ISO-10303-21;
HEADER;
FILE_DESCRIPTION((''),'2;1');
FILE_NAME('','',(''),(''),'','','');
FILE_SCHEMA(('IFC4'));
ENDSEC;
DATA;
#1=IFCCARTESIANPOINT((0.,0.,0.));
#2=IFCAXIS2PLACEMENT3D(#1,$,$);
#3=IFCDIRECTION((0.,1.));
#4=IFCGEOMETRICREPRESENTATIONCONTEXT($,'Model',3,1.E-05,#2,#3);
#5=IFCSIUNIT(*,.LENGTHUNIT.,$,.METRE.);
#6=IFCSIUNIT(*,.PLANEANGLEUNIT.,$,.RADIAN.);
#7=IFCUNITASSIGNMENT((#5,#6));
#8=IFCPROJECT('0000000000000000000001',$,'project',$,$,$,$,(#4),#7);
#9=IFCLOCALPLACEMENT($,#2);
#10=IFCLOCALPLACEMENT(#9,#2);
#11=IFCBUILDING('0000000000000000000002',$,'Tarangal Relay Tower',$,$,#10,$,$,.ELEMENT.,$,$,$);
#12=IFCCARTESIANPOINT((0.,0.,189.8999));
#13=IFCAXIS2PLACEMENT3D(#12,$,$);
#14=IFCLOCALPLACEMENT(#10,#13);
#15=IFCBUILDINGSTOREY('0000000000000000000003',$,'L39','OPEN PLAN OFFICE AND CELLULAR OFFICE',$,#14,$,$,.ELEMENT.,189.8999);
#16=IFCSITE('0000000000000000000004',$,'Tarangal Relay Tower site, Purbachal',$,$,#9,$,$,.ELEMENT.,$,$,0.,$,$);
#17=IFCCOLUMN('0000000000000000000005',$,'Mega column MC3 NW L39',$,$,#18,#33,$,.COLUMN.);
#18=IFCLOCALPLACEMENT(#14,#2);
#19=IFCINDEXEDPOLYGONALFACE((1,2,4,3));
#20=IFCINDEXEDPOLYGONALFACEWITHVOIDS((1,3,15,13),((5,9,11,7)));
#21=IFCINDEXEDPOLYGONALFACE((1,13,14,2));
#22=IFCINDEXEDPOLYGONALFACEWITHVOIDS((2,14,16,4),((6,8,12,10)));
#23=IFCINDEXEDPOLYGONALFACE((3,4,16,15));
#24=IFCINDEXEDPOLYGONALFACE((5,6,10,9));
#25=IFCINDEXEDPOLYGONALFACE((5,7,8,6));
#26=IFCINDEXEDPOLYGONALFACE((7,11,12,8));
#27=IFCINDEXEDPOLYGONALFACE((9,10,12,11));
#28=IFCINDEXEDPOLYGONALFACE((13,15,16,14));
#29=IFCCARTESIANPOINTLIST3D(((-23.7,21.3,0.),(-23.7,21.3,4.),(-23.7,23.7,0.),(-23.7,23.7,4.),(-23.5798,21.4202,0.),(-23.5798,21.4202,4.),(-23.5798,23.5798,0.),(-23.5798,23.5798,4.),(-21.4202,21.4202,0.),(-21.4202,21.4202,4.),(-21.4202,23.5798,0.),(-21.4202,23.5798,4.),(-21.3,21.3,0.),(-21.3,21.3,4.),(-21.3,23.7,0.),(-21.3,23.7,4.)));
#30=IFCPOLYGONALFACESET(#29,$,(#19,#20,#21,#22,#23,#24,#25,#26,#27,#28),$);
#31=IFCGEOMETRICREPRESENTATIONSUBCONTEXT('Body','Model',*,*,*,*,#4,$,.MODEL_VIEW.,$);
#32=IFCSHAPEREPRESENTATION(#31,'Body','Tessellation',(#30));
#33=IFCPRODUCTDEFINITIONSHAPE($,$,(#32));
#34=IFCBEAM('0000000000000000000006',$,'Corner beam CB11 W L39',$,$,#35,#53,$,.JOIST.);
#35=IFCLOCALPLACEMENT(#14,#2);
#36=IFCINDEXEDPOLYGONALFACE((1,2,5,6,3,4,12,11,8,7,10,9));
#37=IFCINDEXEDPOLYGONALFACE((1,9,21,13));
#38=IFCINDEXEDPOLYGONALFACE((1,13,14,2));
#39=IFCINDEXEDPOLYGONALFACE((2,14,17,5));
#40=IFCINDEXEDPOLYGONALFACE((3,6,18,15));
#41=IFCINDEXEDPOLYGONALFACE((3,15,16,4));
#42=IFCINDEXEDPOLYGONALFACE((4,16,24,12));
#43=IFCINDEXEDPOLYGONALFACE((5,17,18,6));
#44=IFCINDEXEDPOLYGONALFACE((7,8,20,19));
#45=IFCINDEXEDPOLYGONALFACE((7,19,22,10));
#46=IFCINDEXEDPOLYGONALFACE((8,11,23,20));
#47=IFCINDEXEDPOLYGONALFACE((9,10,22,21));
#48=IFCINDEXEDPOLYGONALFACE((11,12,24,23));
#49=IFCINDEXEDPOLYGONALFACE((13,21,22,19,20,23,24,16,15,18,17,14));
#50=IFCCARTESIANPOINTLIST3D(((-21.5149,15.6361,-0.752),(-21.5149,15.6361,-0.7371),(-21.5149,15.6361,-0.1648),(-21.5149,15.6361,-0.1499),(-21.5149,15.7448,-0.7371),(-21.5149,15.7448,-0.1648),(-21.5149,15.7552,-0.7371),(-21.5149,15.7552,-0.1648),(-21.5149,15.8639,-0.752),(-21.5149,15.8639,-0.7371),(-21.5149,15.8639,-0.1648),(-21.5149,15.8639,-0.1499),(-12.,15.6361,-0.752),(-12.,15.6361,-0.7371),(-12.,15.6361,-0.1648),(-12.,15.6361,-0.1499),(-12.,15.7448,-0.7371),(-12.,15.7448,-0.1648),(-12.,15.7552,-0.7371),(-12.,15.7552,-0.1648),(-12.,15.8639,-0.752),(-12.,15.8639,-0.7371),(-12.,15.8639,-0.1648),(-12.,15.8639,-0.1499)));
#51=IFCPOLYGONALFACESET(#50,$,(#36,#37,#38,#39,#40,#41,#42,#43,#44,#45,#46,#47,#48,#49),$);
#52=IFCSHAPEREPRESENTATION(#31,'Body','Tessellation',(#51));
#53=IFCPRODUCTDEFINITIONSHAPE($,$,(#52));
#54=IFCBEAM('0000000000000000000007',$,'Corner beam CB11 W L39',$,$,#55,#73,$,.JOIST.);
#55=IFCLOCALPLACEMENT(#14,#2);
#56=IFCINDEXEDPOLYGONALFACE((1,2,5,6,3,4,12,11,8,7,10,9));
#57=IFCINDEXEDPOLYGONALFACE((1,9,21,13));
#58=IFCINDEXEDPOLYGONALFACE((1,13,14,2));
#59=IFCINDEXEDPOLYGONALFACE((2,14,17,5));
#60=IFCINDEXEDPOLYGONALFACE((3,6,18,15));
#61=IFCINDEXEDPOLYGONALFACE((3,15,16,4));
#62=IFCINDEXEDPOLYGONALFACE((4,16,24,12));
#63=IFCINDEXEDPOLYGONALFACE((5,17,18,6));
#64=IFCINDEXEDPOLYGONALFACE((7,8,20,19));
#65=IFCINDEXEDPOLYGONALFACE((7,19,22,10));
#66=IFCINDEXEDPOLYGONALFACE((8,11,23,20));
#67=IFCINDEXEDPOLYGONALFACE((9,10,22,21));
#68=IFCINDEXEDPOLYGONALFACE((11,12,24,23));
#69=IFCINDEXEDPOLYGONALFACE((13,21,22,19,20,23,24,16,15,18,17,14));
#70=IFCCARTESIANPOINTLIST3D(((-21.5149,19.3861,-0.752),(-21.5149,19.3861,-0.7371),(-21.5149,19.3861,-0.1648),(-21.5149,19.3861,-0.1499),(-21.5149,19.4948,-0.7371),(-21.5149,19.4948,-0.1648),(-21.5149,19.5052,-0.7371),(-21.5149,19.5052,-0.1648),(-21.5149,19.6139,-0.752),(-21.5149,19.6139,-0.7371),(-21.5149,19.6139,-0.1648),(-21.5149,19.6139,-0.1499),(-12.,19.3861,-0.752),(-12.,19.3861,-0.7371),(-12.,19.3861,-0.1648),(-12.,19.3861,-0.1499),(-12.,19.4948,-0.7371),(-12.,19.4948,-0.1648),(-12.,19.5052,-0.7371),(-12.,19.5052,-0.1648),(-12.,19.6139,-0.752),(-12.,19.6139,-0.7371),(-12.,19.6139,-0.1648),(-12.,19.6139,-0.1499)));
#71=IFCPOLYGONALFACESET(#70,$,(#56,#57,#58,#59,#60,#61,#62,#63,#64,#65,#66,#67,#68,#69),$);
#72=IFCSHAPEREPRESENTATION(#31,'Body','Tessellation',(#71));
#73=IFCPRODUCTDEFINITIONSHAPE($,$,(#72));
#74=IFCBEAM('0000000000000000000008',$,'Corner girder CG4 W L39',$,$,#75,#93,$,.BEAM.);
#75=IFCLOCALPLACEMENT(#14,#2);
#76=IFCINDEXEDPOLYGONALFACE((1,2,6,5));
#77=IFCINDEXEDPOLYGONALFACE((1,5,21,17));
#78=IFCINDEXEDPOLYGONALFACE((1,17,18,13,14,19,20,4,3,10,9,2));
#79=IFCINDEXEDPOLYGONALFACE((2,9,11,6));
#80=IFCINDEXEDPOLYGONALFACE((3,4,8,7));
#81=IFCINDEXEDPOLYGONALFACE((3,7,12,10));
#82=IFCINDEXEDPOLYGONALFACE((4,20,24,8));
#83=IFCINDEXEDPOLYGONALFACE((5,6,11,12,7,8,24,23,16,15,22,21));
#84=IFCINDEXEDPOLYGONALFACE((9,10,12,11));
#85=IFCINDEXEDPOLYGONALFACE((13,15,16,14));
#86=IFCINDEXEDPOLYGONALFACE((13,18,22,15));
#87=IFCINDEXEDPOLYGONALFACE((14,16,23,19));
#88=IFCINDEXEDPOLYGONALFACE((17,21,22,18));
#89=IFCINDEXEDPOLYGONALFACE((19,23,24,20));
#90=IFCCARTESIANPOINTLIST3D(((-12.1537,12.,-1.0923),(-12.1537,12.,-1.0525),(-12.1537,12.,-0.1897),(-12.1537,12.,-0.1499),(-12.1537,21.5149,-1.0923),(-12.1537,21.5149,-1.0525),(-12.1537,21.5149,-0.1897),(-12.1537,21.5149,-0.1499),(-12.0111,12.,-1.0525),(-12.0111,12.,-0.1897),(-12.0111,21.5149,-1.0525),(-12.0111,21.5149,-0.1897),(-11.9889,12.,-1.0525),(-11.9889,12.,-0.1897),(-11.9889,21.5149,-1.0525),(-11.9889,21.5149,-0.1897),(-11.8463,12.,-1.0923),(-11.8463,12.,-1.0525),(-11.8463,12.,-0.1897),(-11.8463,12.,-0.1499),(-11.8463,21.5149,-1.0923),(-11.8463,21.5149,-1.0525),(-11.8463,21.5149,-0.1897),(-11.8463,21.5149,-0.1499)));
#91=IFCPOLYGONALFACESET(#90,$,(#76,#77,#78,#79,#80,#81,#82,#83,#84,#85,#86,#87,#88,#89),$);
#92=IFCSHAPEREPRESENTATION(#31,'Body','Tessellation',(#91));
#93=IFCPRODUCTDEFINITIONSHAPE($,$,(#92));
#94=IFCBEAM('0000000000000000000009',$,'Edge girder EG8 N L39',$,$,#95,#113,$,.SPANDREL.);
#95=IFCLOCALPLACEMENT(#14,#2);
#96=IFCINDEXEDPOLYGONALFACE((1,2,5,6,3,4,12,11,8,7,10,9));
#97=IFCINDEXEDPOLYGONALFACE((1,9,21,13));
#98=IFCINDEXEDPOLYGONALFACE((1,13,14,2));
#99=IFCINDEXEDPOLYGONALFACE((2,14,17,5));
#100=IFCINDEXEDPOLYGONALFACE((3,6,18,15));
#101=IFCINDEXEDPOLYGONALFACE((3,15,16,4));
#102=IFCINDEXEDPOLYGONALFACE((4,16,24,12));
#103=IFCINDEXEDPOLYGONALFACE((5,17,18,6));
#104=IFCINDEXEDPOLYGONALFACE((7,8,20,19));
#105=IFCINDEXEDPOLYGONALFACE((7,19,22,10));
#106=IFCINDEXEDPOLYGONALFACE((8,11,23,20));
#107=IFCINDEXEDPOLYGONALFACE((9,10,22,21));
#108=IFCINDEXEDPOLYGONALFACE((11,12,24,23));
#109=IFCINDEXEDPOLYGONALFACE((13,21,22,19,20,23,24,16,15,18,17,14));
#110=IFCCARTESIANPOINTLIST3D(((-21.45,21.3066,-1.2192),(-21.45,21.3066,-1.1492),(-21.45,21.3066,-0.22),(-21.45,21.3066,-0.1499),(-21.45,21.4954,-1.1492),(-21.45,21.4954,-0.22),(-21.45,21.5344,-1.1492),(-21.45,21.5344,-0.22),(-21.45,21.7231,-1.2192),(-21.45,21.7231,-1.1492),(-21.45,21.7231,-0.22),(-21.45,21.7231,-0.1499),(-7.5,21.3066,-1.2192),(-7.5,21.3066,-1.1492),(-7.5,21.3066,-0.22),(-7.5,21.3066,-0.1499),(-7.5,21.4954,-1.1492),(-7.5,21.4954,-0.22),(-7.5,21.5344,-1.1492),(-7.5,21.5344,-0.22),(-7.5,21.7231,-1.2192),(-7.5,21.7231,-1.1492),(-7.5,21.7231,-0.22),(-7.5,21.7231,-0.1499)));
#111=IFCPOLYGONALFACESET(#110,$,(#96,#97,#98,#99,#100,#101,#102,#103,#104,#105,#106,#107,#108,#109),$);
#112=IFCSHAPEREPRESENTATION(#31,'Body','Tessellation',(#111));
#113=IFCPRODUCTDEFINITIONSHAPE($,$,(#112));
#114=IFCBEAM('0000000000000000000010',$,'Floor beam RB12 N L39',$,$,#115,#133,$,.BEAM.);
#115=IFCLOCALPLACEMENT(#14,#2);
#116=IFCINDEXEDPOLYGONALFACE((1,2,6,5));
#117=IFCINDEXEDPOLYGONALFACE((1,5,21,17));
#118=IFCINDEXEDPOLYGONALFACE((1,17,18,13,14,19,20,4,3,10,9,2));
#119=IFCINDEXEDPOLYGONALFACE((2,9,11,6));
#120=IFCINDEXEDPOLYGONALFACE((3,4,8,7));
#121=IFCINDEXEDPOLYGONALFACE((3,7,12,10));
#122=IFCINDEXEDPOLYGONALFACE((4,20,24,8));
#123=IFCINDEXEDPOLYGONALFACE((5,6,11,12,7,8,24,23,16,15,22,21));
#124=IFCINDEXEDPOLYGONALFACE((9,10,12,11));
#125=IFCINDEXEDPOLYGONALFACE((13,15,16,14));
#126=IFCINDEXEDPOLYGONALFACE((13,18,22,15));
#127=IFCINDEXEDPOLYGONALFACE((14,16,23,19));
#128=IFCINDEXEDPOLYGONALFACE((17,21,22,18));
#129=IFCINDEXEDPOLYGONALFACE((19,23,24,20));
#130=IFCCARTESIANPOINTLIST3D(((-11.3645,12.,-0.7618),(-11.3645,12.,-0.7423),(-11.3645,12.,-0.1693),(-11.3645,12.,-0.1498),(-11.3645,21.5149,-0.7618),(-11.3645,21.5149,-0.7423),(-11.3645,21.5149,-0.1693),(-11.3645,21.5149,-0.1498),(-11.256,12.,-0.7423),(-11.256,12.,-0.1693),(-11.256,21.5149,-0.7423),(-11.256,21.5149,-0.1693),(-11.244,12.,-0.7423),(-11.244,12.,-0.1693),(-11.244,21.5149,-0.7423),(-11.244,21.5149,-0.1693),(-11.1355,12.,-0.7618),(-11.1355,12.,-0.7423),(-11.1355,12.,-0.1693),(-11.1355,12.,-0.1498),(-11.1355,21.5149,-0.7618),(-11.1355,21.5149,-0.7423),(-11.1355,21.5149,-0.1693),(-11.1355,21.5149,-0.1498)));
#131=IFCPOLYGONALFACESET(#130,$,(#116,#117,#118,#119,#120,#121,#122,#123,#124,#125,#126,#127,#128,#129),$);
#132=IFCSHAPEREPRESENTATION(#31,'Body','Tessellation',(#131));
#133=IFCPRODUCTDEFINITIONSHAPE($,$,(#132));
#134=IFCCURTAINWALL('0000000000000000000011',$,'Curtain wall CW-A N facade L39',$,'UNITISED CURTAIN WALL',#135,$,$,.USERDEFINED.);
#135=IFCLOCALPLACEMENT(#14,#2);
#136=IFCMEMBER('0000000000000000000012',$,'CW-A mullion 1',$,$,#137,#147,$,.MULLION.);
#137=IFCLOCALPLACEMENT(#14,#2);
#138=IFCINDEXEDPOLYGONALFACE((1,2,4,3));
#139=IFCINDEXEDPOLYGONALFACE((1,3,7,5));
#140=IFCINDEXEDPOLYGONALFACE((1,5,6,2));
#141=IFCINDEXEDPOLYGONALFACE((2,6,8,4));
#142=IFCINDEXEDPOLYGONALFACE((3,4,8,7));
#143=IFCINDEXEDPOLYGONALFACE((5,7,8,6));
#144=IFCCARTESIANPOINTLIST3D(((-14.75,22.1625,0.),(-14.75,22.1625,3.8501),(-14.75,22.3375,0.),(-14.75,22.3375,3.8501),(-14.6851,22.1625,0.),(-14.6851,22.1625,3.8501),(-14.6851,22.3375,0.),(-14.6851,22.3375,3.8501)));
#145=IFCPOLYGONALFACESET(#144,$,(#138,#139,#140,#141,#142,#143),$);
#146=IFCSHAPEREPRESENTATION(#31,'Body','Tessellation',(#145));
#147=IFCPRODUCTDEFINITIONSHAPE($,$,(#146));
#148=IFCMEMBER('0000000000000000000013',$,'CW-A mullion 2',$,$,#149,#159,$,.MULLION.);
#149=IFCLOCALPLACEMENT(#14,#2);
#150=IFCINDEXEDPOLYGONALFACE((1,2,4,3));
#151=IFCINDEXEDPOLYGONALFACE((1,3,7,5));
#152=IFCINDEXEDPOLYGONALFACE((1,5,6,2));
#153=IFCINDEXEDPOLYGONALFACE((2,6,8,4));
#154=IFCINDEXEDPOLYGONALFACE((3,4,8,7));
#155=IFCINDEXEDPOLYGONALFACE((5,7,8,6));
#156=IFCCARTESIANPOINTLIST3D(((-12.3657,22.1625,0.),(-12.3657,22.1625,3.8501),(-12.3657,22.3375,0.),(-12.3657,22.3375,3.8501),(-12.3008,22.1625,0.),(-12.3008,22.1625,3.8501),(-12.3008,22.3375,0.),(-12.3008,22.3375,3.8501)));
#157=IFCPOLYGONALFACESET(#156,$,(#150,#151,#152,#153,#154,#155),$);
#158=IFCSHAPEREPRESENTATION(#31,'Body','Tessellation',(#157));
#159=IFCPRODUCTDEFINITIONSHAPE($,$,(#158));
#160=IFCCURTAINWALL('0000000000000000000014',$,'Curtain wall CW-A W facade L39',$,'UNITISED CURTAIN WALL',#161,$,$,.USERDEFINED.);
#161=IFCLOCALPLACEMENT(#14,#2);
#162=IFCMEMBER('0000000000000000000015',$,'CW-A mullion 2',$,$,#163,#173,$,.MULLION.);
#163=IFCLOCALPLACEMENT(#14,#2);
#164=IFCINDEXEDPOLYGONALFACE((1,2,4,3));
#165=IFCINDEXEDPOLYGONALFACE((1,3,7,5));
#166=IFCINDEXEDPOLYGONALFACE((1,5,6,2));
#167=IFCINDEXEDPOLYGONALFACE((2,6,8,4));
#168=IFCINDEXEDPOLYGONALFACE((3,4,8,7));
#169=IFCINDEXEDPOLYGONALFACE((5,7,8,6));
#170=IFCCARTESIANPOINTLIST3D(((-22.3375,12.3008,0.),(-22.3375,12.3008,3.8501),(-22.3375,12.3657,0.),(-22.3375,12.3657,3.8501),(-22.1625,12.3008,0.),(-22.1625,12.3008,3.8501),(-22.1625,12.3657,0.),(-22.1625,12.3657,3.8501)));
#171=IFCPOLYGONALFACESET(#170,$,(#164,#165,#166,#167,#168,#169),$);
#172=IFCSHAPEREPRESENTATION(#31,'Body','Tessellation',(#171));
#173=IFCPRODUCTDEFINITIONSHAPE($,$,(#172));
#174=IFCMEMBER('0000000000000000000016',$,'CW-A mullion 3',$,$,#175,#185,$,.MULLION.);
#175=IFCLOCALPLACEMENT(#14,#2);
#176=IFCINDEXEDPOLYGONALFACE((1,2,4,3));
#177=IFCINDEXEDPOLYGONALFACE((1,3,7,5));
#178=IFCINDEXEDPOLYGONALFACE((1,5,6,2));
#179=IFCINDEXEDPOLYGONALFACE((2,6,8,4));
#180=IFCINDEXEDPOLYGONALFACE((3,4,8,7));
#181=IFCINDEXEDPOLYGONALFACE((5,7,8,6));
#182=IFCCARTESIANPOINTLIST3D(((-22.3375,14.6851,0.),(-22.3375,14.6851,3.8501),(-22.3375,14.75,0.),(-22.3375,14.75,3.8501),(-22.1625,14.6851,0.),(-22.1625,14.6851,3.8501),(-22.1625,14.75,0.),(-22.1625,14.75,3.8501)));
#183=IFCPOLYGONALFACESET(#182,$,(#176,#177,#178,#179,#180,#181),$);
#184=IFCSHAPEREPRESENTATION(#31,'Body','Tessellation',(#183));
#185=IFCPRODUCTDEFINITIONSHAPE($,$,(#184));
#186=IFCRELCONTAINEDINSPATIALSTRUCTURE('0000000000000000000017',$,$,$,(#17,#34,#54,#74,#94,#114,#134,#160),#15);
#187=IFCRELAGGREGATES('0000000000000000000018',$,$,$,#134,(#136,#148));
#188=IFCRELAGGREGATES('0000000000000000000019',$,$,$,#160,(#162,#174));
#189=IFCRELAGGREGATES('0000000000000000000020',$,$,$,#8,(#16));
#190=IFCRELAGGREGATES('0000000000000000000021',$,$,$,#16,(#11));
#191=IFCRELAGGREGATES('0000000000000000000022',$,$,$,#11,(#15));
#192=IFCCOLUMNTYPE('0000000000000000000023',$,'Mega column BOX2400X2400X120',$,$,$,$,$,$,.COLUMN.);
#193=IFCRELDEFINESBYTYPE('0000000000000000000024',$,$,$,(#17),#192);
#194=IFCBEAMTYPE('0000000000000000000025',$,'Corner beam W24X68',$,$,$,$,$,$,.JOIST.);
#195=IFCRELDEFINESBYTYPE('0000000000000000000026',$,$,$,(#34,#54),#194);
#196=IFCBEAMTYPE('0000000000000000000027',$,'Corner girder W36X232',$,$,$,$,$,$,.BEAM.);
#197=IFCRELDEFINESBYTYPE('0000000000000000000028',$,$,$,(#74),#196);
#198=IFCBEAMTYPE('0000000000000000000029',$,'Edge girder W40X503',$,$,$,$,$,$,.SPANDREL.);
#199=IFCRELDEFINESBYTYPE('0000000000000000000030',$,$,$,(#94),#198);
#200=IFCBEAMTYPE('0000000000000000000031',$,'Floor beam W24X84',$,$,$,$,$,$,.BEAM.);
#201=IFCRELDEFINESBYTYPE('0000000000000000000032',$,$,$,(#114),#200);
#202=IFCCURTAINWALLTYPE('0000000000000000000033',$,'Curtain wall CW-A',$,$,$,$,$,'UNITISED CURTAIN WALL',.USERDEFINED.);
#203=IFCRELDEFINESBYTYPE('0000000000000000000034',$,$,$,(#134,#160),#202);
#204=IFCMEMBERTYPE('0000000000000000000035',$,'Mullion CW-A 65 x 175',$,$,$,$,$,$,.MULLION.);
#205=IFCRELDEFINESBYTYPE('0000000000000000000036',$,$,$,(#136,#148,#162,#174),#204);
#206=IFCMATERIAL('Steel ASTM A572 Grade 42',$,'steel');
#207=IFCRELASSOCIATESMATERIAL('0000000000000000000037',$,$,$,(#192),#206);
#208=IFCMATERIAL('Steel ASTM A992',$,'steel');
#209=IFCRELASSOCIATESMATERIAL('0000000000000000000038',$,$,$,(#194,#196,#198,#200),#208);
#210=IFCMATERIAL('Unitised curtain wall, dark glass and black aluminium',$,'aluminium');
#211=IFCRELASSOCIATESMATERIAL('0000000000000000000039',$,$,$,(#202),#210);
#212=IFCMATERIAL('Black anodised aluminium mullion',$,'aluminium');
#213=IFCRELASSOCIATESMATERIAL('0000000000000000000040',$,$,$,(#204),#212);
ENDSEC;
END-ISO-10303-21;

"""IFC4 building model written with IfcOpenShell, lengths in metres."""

from ifc_helpers import new_model, si_unit, direction, frame, origin, origin_2d, place, context, subcontext, project, spatial, rectangle, hollow_rectangle, i_section, extrude, material, material_profile, profile_set, type_object, element, aggregate, save


model = new_model("IFC4")

# Units and contexts
model_context = context("Model", 3, precision=1e-05, world=origin(), true_north=direction((0.0, 1.0)))
body_context = subcontext(model_context, "Body", "Model", "MODEL_VIEW")
ifc_project = project(units=[si_unit("LENGTHUNIT", "METRE"), si_unit("PLANEANGLEUNIT", "RADIAN")], contexts=[model_context])

# Site, building, storey
site_placement = place(None, origin())
site = spatial("IfcSite", under=ifc_project, at=site_placement, Name="Tarangal Relay Tower site, Purbachal", CompositionType="ELEMENT", RefElevation=0.0)
building_placement = place(site_placement, origin())
building = spatial("IfcBuilding", under=site, at=building_placement, Name="Tarangal Relay Tower", CompositionType="ELEMENT")
storey_placement = place(building_placement, frame((0.0, 0.0, 189.8999)))
storey = spatial("IfcBuildingStorey", under=building, at=storey_placement, Name="L39", Description="OPEN PLAN OFFICE AND CELLULAR OFFICE", CompositionType="ELEMENT", Elevation=189.8999)

# Column
ifc_material_1 = material(Name="Steel ASTM A572 Grade 42", Category="steel")
ifc_material_profile_1 = material_profile(ifc_material_1, hollow_rectangle(XDim=2.3999, YDim=2.3999, WallThickness=0.1201, at=origin_2d()), Name="BOX2400X2400X120")
ifc_profile_set_1 = profile_set([ifc_material_profile_1], Name="Steel ASTM A572 Grade 42")
column_type = type_object("IfcColumnType", Name="Mega column BOX2400X2400X120", PredefinedType="COLUMN", material=ifc_profile_set_1)
column_placement = place(storey_placement, frame((-22.5, 22.5, 0.0), z_axis=(0.0, 0.0, 1.0), x_axis=(1.0, 0.0, 0.0)))
element("IfcColumn", 1, at=column_placement, inside=storey, type_object=column_type, Name="Mega column MC3 NW L39", PredefinedType="COLUMN", context=body_context, shape_type="SweptSolid", body=[
    extrude(hollow_rectangle(XDim=2.3999, YDim=2.3999, WallThickness=0.1201, at=origin_2d()), origin(), (0.0, 0.0, 1.0), 4.0),
])

# Beams
ifc_material_2 = material(Name="Steel ASTM A992", Category="steel")
ifc_material_profile_2 = material_profile(ifc_material_2, i_section(OverallWidth=0.2278, OverallDepth=0.6021, WebThickness=0.0105, FlangeThickness=0.0149, at=origin_2d()), Name="W24X68")
ifc_profile_set_2 = profile_set([ifc_material_profile_2], Name="Steel ASTM A992")
beam_type_1 = type_object("IfcBeamType", Name="Corner beam W24X68", PredefinedType="JOIST", material=ifc_profile_set_2)
for number, where, z_axis, x_axis, name in (
    (2, (-12.0, 15.75, -0.4509), (-1.0, 0.0, 0.0), (0.0, -1.0, 0.0), "Corner beam CB11 W L39"),
    (3, (-12.0, 19.5, -0.4509), (-1.0, 0.0, 0.0), (0.0, -1.0, 0.0), "Corner beam CB11 W L39"),
):
    element("IfcBeam", number, at=place(storey_placement, frame(where, z_axis=z_axis, x_axis=x_axis)), inside=storey, type_object=beam_type_1, Name=name, PredefinedType="JOIST", context=body_context, shape_type="SweptSolid", body=[
        extrude(i_section(OverallWidth=0.2278, OverallDepth=0.6021, WebThickness=0.0105, FlangeThickness=0.0149, at=origin_2d()), origin(), (0.0, 0.0, 1.0), 9.5149),
    ])
ifc_material_profile_3 = material_profile(ifc_material_2, i_section(OverallWidth=0.3074, OverallDepth=0.9424, WebThickness=0.0222, FlangeThickness=0.0398, at=origin_2d()), Name="W36X232")
ifc_profile_set_3 = profile_set([ifc_material_profile_3], Name="Steel ASTM A992")
beam_type_2 = type_object("IfcBeamType", Name="Corner girder W36X232", PredefinedType="BEAM", material=ifc_profile_set_3)
beam_1_placement = place(storey_placement, frame((-12.0, 12.0, -0.6211), z_axis=(0.0, 1.0, 0.0), x_axis=(-1.0, 0.0, 0.0)))
element("IfcBeam", 4, at=beam_1_placement, inside=storey, type_object=beam_type_2, Name="Corner girder CG4 W L39", PredefinedType="BEAM", context=body_context, shape_type="SweptSolid", body=[
    extrude(i_section(OverallWidth=0.3074, OverallDepth=0.9424, WebThickness=0.0222, FlangeThickness=0.0398, at=origin_2d()), origin(), (0.0, 0.0, 1.0), 9.5149),
])
ifc_material_profile_4 = material_profile(ifc_material_2, i_section(OverallWidth=0.4165, OverallDepth=1.0693, WebThickness=0.0391, FlangeThickness=0.0701, at=origin_2d()), Name="W40X503")
ifc_profile_set_4 = profile_set([ifc_material_profile_4], Name="Steel ASTM A992")
beam_type_3 = type_object("IfcBeamType", Name="Edge girder W40X503", PredefinedType="SPANDREL", material=ifc_profile_set_4)
beam_2_placement = place(storey_placement, frame((-21.45, 21.5149, -0.6846), z_axis=(1.0, 0.0, 0.0), x_axis=(0.0, 1.0, 0.0)))
element("IfcBeam", 5, at=beam_2_placement, inside=storey, type_object=beam_type_3, Name="Edge girder EG8 N L39", PredefinedType="SPANDREL", context=body_context, shape_type="SweptSolid", body=[
    extrude(i_section(OverallWidth=0.4165, OverallDepth=1.0693, WebThickness=0.0391, FlangeThickness=0.0701, at=origin_2d()), origin(), (0.0, 0.0, 1.0), 13.95),
])
ifc_material_profile_5 = material_profile(ifc_material_2, i_section(OverallWidth=0.229, OverallDepth=0.6121, WebThickness=0.012, FlangeThickness=0.0195, at=origin_2d()), Name="W24X84")
ifc_profile_set_5 = profile_set([ifc_material_profile_5], Name="Steel ASTM A992")
beam_type_4 = type_object("IfcBeamType", Name="Floor beam W24X84", PredefinedType="BEAM", material=ifc_profile_set_5)
beam_3_placement = place(storey_placement, frame((-11.25, 12.0, -0.4558), z_axis=(0.0, 1.0, 0.0), x_axis=(-1.0, 0.0, 0.0)))
element("IfcBeam", 6, at=beam_3_placement, inside=storey, type_object=beam_type_4, Name="Floor beam RB12 N L39", PredefinedType="BEAM", context=body_context, shape_type="SweptSolid", body=[
    extrude(i_section(OverallWidth=0.229, OverallDepth=0.6121, WebThickness=0.012, FlangeThickness=0.0195, at=origin_2d()), origin(), (0.0, 0.0, 1.0), 9.5149),
])

# Curtain walls, members
ifc_material_3 = material(Name="Unitised curtain wall, dark glass and black aluminium", Category="aluminium")
curtain_wall_type = type_object("IfcCurtainWallType", Name="Curtain wall CW-A", ElementType="UNITISED CURTAIN WALL", PredefinedType="USERDEFINED", material=ifc_material_3)
curtain_wall_1_placement = place(storey_placement, origin())
curtain_wall_1 = element("IfcCurtainWall", 7, at=curtain_wall_1_placement, inside=storey, type_object=curtain_wall_type, Name="Curtain wall CW-A N facade L39", ObjectType="UNITISED CURTAIN WALL", PredefinedType="USERDEFINED")
ifc_material_4 = material(Name="Black anodised aluminium mullion", Category="aluminium")
ifc_material_profile_6 = material_profile(ifc_material_4, rectangle(XDim=0.175, YDim=0.0649, at=origin_2d()), Name="CW-AM 65X175")
ifc_profile_set_6 = profile_set([ifc_material_profile_6], Name="Black anodised aluminium mullion")
member_type_1 = type_object("IfcMemberType", Name="Mullion CW-A 65 x 175", PredefinedType="MULLION", material=ifc_profile_set_6)
member_1_placement = place(storey_placement, frame((-14.7175, 22.25, 0.0), z_axis=(0.0, 0.0, 1.0), x_axis=(0.0, 1.0, 0.0)))
member_1 = element("IfcMember", 8, at=member_1_placement, type_object=member_type_1, Name="CW-A mullion 1", PredefinedType="MULLION", context=body_context, shape_type="SweptSolid", body=[
    extrude(rectangle(XDim=0.175, YDim=0.0649, at=origin_2d()), origin(), (0.0, 0.0, 1.0), 3.8501),
])
member_2_placement = place(storey_placement, frame((-12.3333, 22.25, 0.0), z_axis=(0.0, 0.0, 1.0), x_axis=(0.0, 1.0, 0.0)))
member_2 = element("IfcMember", 9, at=member_2_placement, type_object=member_type_1, Name="CW-A mullion 2", PredefinedType="MULLION", context=body_context, shape_type="SweptSolid", body=[
    extrude(rectangle(XDim=0.175, YDim=0.0649, at=origin_2d()), origin(), (0.0, 0.0, 1.0), 3.8501),
])
curtain_wall_2_placement = place(storey_placement, origin())
curtain_wall_2 = element("IfcCurtainWall", 10, at=curtain_wall_2_placement, inside=storey, type_object=curtain_wall_type, Name="Curtain wall CW-A W facade L39", ObjectType="UNITISED CURTAIN WALL", PredefinedType="USERDEFINED")
member_3_placement = place(storey_placement, frame((-22.25, 12.3333, 0.0), z_axis=(0.0, 0.0, 1.0), x_axis=(-1.0, 0.0, 0.0)))
member_3 = element("IfcMember", 11, at=member_3_placement, type_object=member_type_1, Name="CW-A mullion 2", PredefinedType="MULLION", context=body_context, shape_type="SweptSolid", body=[
    extrude(rectangle(XDim=0.175, YDim=0.0649, at=origin_2d()), origin(), (0.0, 0.0, 1.0), 3.8501),
])
member_4_placement = place(storey_placement, frame((-22.25, 14.7175, 0.0), z_axis=(0.0, 0.0, 1.0), x_axis=(-1.0, 0.0, 0.0)))
member_4 = element("IfcMember", 12, at=member_4_placement, type_object=member_type_1, Name="CW-A mullion 3", PredefinedType="MULLION", context=body_context, shape_type="SweptSolid", body=[
    extrude(rectangle(XDim=0.175, YDim=0.0649, at=origin_2d()), origin(), (0.0, 0.0, 1.0), 3.8501),
])

aggregate(curtain_wall_1, [member_1, member_2])
aggregate(curtain_wall_2, [member_3, member_4])

save(model, "model.ifc")
